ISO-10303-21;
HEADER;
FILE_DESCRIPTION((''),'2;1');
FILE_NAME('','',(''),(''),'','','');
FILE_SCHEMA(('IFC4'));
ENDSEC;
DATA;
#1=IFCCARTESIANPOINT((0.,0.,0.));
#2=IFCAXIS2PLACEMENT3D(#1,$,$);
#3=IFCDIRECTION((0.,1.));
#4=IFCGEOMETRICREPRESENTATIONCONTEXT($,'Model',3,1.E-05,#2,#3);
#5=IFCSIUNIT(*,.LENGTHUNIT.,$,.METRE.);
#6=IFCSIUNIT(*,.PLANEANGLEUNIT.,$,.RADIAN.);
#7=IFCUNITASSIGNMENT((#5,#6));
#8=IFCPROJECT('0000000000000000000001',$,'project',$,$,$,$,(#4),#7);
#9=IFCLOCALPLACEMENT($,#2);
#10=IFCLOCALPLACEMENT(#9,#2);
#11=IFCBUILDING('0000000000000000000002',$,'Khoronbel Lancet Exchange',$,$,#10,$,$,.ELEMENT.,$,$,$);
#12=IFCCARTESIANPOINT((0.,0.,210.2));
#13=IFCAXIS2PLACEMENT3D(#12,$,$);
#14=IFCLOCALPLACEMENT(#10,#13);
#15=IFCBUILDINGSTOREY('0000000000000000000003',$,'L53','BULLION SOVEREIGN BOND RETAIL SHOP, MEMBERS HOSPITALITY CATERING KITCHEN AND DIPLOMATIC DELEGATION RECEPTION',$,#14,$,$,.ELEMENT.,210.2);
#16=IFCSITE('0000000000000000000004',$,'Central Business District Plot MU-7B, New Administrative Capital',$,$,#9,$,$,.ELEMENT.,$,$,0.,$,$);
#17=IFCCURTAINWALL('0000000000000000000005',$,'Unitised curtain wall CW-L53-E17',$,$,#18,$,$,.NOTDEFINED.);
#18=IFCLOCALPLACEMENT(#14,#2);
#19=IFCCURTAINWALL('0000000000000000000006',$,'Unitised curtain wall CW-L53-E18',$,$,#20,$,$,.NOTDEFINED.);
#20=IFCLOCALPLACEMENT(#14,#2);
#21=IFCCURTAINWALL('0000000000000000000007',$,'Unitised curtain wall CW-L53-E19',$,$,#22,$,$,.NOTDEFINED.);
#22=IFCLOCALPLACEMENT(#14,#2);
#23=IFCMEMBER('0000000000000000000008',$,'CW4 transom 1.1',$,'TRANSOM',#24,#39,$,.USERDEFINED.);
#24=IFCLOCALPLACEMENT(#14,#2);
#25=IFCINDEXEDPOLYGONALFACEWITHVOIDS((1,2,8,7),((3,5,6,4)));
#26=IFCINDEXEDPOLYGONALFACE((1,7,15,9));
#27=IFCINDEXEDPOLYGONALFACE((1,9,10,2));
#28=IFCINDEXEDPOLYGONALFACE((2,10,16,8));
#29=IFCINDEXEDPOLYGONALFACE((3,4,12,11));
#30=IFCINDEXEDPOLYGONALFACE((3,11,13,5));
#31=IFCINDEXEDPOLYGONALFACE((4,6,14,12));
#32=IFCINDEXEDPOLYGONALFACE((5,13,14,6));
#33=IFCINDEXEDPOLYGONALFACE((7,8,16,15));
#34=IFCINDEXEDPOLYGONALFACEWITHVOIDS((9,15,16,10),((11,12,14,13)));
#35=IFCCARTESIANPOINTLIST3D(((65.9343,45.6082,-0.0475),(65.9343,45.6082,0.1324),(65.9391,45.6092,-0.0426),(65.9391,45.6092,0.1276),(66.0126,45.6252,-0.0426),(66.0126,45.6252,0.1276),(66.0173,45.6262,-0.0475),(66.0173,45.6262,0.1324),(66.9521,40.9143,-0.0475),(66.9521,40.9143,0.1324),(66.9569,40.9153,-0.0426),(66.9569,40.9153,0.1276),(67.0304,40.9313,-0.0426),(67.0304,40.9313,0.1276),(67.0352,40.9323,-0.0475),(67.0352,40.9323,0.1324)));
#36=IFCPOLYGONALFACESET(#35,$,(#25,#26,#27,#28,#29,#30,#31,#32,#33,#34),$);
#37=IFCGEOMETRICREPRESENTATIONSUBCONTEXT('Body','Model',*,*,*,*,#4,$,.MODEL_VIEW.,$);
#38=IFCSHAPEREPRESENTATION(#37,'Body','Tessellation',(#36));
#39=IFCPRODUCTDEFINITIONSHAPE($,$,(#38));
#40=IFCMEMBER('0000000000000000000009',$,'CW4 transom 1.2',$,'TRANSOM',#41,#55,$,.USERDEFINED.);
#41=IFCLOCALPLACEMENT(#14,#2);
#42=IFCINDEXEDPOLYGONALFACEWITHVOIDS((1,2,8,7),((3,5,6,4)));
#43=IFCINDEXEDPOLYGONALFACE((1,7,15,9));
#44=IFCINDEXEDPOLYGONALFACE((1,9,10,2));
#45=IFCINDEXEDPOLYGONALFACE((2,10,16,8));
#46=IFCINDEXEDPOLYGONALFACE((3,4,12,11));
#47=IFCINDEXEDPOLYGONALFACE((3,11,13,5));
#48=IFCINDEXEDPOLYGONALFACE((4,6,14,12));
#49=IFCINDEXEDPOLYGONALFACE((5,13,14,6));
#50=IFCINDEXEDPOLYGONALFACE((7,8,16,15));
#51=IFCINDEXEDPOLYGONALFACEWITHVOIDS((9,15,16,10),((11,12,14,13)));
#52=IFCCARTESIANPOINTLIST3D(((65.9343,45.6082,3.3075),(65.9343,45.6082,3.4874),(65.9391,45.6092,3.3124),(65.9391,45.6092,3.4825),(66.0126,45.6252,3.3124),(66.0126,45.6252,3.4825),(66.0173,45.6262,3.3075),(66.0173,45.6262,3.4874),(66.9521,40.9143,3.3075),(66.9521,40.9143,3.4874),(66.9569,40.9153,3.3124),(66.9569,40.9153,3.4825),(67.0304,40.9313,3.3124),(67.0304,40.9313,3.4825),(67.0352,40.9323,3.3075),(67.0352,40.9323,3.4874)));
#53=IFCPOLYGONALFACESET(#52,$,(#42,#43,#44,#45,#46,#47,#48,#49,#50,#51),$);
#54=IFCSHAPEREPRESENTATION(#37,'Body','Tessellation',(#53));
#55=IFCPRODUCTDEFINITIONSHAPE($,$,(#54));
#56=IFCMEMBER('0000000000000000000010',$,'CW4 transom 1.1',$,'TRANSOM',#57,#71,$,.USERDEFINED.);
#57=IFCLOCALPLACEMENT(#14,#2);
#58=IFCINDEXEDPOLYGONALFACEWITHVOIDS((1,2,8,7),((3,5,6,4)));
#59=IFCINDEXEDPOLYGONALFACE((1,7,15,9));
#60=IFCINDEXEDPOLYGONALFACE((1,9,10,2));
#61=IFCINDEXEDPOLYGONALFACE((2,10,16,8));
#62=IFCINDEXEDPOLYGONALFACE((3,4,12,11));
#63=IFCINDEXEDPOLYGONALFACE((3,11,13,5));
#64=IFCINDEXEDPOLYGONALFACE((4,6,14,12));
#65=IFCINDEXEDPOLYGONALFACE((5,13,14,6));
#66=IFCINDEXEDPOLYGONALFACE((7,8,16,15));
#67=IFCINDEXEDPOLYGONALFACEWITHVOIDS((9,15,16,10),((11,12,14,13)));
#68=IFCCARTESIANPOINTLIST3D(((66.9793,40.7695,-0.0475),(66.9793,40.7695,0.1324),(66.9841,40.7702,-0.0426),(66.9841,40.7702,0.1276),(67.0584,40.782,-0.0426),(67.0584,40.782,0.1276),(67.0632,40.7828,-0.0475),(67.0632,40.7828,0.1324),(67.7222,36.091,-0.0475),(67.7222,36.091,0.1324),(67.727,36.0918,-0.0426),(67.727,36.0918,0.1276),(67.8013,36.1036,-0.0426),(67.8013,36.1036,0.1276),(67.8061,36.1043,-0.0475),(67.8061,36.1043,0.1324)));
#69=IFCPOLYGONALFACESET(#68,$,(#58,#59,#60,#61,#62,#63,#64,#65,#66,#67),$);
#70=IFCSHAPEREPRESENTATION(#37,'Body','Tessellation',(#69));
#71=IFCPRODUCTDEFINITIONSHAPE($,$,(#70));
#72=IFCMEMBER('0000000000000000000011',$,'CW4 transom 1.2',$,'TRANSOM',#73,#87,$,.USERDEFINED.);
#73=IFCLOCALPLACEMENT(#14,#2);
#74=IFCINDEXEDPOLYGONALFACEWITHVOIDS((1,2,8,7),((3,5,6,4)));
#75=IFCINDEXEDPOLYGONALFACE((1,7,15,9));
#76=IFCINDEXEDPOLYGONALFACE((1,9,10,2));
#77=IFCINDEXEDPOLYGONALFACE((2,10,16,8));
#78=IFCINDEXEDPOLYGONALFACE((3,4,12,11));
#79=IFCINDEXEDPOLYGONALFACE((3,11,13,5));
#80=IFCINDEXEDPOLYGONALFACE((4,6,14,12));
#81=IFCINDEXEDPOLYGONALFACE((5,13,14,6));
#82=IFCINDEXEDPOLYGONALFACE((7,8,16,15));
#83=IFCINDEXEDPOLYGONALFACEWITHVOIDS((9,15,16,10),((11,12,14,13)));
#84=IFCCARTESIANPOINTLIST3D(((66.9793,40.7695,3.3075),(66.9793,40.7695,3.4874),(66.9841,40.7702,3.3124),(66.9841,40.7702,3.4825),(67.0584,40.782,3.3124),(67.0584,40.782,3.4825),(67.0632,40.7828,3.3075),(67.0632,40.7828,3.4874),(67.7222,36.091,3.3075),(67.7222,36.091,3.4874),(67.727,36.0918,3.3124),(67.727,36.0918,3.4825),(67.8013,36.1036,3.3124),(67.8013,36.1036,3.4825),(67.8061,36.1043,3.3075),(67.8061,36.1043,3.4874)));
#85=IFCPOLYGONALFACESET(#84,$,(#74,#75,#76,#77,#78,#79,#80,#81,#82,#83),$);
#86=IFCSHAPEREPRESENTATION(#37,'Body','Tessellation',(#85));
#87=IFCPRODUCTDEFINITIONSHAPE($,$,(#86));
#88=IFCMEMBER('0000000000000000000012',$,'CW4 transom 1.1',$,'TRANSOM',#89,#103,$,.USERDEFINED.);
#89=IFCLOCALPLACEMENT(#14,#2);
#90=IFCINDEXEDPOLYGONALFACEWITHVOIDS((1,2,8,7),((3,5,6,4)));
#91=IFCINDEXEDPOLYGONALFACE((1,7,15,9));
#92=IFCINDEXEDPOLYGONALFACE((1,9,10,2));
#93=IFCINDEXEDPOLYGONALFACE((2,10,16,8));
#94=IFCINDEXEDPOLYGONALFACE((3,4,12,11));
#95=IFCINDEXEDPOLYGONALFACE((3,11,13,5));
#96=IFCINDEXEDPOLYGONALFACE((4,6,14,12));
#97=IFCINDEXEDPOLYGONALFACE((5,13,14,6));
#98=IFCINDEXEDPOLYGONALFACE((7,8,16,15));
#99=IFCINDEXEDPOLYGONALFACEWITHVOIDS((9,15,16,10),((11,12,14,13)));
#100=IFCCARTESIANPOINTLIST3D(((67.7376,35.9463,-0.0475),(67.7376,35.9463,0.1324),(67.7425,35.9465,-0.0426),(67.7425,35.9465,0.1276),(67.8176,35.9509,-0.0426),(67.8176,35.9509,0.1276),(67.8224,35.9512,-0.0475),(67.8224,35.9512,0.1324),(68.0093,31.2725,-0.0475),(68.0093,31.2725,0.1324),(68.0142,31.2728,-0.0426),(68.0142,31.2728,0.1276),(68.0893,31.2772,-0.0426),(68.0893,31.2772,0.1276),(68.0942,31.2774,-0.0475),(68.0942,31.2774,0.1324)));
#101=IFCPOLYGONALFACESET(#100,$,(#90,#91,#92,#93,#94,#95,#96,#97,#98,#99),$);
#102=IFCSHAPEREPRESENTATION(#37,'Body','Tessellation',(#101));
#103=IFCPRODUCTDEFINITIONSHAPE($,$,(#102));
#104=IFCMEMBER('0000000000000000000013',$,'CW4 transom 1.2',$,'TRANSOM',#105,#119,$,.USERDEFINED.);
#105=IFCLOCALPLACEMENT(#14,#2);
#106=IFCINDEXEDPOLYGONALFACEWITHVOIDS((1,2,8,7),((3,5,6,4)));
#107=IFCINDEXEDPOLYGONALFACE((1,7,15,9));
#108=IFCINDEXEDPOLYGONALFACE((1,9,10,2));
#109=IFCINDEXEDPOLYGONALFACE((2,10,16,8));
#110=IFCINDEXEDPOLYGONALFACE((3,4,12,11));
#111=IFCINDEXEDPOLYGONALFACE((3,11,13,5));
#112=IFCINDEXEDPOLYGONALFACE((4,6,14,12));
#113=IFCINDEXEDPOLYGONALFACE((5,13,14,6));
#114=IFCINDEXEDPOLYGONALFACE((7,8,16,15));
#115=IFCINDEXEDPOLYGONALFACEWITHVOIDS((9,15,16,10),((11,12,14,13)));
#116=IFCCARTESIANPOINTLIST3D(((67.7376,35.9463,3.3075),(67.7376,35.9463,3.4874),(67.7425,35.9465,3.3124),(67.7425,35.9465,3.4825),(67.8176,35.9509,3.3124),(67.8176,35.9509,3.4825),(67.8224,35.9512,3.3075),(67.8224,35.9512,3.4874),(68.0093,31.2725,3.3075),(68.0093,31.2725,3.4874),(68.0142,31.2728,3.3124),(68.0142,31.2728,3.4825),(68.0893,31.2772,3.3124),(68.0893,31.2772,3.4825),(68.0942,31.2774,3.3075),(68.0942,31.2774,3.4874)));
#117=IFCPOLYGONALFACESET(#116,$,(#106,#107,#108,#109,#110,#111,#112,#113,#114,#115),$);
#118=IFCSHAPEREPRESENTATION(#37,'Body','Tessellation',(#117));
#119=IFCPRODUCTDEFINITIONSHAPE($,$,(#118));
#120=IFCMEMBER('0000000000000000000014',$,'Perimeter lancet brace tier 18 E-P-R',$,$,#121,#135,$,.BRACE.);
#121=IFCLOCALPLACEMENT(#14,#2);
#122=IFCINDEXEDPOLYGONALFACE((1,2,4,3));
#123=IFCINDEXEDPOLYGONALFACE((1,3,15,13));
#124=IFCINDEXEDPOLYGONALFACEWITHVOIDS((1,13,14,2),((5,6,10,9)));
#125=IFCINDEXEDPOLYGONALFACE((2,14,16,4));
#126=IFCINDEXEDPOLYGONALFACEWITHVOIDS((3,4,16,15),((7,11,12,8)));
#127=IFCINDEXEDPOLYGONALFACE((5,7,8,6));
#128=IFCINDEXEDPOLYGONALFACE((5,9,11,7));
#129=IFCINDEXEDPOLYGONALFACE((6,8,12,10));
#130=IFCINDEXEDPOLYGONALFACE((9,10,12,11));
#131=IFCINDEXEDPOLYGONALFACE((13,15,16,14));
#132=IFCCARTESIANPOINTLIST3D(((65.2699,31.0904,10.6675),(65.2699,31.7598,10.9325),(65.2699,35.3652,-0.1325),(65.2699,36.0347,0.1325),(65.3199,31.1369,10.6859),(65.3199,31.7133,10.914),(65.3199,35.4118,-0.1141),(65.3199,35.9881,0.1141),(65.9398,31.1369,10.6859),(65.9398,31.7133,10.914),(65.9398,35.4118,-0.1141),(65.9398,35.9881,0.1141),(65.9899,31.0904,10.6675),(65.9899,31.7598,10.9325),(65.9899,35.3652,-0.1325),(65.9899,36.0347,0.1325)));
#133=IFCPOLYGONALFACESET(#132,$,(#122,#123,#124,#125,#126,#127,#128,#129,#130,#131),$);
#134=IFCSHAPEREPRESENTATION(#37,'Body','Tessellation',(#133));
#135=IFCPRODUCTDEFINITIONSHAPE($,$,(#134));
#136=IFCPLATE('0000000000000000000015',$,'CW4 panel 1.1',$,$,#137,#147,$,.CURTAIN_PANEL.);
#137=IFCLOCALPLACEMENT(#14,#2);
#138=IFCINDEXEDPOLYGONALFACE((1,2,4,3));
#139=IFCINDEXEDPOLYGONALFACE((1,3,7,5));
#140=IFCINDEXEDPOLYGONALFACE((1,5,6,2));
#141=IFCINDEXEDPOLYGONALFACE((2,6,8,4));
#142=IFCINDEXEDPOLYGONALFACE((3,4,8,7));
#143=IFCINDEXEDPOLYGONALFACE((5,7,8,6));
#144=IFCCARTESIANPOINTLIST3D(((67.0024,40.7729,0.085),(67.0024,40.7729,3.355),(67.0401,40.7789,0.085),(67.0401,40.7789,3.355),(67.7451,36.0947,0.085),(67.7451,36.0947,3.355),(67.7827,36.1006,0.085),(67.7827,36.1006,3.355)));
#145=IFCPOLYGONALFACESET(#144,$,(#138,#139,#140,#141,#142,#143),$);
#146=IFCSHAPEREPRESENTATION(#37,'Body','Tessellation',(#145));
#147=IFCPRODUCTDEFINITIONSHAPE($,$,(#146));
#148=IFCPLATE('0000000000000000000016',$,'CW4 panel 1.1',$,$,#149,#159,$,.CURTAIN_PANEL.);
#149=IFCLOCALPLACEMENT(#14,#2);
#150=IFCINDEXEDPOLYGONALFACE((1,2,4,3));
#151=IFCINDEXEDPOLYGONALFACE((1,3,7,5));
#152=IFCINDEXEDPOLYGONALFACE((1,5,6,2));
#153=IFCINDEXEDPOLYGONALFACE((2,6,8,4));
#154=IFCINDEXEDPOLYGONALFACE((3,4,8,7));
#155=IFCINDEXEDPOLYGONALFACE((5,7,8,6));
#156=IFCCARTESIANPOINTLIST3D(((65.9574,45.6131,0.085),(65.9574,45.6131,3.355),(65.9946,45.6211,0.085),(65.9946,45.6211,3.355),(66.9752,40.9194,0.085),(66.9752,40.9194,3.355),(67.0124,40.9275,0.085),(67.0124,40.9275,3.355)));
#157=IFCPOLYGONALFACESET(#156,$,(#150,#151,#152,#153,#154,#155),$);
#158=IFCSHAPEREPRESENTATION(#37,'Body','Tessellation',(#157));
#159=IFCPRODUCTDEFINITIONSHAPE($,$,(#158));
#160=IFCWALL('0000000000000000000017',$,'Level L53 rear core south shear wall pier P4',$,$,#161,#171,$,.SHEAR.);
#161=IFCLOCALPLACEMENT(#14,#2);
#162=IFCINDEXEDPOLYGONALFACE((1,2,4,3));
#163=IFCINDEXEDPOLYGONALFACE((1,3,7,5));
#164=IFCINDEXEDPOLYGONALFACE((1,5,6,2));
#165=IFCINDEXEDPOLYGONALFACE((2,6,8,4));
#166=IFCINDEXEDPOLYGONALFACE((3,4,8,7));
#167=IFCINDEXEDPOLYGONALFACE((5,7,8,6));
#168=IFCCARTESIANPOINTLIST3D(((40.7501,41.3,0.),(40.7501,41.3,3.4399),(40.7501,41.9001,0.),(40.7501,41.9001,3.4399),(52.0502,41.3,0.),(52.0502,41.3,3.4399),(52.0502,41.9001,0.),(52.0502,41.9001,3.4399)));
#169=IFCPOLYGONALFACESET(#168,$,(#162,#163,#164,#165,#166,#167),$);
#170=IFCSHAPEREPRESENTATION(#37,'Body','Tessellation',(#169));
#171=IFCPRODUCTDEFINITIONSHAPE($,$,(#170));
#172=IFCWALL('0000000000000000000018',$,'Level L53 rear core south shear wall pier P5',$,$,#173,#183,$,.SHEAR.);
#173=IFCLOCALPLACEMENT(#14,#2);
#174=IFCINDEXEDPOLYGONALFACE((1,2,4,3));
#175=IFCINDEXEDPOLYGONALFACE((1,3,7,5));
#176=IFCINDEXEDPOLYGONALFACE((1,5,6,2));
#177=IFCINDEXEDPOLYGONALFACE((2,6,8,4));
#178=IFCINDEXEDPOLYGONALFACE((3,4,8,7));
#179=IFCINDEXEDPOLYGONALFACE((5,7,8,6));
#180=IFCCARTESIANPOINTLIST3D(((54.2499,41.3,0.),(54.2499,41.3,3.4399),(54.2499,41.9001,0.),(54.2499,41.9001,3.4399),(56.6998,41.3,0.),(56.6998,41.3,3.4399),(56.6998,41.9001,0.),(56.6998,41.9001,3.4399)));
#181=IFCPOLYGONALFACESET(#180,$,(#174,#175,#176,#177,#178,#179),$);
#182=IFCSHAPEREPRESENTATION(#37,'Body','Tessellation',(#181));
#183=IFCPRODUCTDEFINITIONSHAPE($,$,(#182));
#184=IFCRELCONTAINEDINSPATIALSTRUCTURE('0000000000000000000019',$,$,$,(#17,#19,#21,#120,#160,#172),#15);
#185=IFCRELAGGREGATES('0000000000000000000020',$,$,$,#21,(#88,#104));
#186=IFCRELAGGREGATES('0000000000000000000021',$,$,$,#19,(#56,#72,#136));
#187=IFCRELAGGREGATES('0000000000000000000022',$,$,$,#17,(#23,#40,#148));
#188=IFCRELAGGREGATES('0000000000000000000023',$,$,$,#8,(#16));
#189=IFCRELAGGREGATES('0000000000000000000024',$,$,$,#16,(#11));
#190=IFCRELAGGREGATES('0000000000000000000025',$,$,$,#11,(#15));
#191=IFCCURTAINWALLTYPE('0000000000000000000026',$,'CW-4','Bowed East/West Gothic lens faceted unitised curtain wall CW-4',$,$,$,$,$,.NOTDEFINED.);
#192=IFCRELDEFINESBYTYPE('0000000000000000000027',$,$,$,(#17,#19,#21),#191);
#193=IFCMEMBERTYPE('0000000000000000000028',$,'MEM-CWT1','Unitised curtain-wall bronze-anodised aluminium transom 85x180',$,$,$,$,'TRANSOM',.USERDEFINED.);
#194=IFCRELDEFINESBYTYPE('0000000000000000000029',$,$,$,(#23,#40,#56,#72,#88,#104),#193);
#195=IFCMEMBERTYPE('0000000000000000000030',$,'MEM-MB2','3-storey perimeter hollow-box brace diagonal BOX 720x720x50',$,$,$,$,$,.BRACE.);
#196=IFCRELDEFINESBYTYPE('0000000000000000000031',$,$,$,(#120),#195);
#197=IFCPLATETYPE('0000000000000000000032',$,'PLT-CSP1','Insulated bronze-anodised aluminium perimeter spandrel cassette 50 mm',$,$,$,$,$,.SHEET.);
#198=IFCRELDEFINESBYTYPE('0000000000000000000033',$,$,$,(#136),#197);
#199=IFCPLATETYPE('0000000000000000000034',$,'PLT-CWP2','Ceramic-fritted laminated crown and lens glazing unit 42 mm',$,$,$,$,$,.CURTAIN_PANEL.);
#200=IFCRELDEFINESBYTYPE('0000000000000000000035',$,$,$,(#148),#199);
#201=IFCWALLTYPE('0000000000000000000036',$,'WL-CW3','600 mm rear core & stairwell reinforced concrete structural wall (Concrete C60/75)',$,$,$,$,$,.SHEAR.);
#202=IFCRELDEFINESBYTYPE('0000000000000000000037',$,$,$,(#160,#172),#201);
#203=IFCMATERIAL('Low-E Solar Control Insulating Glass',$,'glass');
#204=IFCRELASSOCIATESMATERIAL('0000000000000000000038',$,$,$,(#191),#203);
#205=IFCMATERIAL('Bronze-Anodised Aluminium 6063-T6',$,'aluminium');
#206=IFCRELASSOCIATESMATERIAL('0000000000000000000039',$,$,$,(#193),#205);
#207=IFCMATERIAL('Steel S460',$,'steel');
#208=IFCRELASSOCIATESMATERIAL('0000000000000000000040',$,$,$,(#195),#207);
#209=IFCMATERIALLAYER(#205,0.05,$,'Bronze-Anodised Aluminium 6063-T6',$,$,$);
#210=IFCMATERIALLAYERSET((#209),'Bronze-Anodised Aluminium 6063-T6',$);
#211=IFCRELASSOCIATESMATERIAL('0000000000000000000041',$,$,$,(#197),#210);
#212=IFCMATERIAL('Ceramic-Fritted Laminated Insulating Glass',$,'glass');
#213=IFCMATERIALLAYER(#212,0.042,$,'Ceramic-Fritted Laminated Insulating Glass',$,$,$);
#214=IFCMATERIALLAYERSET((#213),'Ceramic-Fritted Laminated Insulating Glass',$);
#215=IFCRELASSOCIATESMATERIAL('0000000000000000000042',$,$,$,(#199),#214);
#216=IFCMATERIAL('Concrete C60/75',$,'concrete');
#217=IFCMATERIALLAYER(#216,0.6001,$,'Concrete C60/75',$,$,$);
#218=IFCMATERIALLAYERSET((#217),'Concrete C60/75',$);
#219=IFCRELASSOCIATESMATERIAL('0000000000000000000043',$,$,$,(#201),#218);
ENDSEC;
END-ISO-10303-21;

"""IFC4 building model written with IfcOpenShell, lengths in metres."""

from ifc_helpers import new_model, si_unit, direction, frame, frame_2d, origin, origin_2d, place, context, subcontext, project, spatial, rectangle, hollow_rectangle, extrude, material, layer, layer_set, material_profile, profile_set, type_object, element, aggregate, save


model = new_model("IFC4")

# Units and contexts
model_context = context("Model", 3, precision=1e-05, world=origin(), true_north=direction((0.0, 1.0)))
body_context = subcontext(model_context, "Body", "Model", "MODEL_VIEW")
ifc_project = project(units=[si_unit("LENGTHUNIT", "METRE"), si_unit("PLANEANGLEUNIT", "RADIAN")], contexts=[model_context])

# Site, building, storey
site_placement = place(None, origin())
site = spatial("IfcSite", under=ifc_project, at=site_placement, Name="Central Business District Plot MU-7B, New Administrative Capital", CompositionType="ELEMENT", RefElevation=0.0)
building_placement = place(site_placement, origin())
building = spatial("IfcBuilding", under=site, at=building_placement, Name="Khoronbel Lancet Exchange", CompositionType="ELEMENT")
storey_placement = place(building_placement, frame((0.0, 0.0, 210.2)))
storey = spatial("IfcBuildingStorey", under=building, at=storey_placement, Name="L53", Description="BULLION SOVEREIGN BOND RETAIL SHOP, MEMBERS HOSPITALITY CATERING KITCHEN AND DIPLOMATIC DELEGATION RECEPTION", CompositionType="ELEMENT", Elevation=210.2)

# Shared definitions
ifc_material_1 = material(Name="Concrete C60/75", Category="concrete")

# Curtain wall
ifc_material_2 = material(Name="Low-E Solar Control Insulating Glass", Category="glass")
curtain_wall_type = type_object("IfcCurtainWallType", Name="CW-4", Description="Bowed East/West Gothic lens faceted unitised curtain wall CW-4", PredefinedType="NOTDEFINED", material=ifc_material_2)
curtain_wall_1_placement = place(storey_placement, origin())
curtain_wall_1 = element("IfcCurtainWall", 1, at=curtain_wall_1_placement, inside=storey, type_object=curtain_wall_type, Name="Unitised curtain wall CW-L53-E17", PredefinedType="NOTDEFINED")
ifc_material_3 = material(Name="Bronze-Anodised Aluminium 6063-T6", Category="aluminium")

# Curtain wall
curtain_wall_2_placement = place(storey_placement, origin())
curtain_wall_2 = element("IfcCurtainWall", 2, at=curtain_wall_2_placement, inside=storey, type_object=curtain_wall_type, Name="Unitised curtain wall CW-L53-E18", PredefinedType="NOTDEFINED")

# Curtain wall
curtain_wall_3_placement = place(storey_placement, origin())
curtain_wall_3 = element("IfcCurtainWall", 3, at=curtain_wall_3_placement, inside=storey, type_object=curtain_wall_type, Name="Unitised curtain wall CW-L53-E19", PredefinedType="NOTDEFINED")

# Members
ifc_material_profile_1 = material_profile(ifc_material_3, hollow_rectangle(XDim=0.085, YDim=0.1799, WallThickness=0.0049, at=origin_2d()), Name="ALU TRANSOM 85x180")
ifc_profile_set_1 = profile_set([ifc_material_profile_1], Name="Bronze-Anodised Aluminium 6063-T6")
member_type_1 = type_object("IfcMemberType", Name="MEM-CWT1", Description="Unitised curtain-wall bronze-anodised aluminium transom 85x180", ElementType="TRANSOM", PredefinedType="USERDEFINED", material=ifc_profile_set_1)
member_1_placement = place(storey_placement, frame((65.9758, 45.6172, 0.0425), z_axis=(0.211917, -0.977288, 0.0), x_axis=(0.977288, 0.211917, 0.0)))
member_1 = element("IfcMember", 4, at=member_1_placement, type_object=member_type_1, Name="CW4 transom 1.1", ObjectType="TRANSOM", PredefinedType="USERDEFINED", context=body_context, shape_type="SweptSolid", body=[
    extrude(hollow_rectangle(XDim=0.085, YDim=0.1799, WallThickness=0.0049, at=origin_2d()), origin(), (0.0, 0.0, 1.0), 4.803),
])
member_2_placement = place(storey_placement, frame((65.9758, 45.6172, 3.3975), z_axis=(0.211917, -0.977288, 0.0), x_axis=(0.977288, 0.211917, 0.0)))
member_2 = element("IfcMember", 5, at=member_2_placement, type_object=member_type_1, Name="CW4 transom 1.2", ObjectType="TRANSOM", PredefinedType="USERDEFINED", context=body_context, shape_type="SweptSolid", body=[
    extrude(hollow_rectangle(XDim=0.085, YDim=0.1799, WallThickness=0.0049, at=origin_2d()), origin(), (0.0, 0.0, 1.0), 4.803),
])
member_3_placement = place(storey_placement, frame((67.0212, 40.7761, 0.0425), z_axis=(0.156831, -0.987626, 0.0), x_axis=(0.987626, 0.156831, 0.0)))
member_3 = element("IfcMember", 6, at=member_3_placement, type_object=member_type_1, Name="CW4 transom 1.1", ObjectType="TRANSOM", PredefinedType="USERDEFINED", context=body_context, shape_type="SweptSolid", body=[
    extrude(hollow_rectangle(XDim=0.085, YDim=0.1799, WallThickness=0.0049, at=origin_2d()), origin(), (0.0, 0.0, 1.0), 4.7371),
])
member_4_placement = place(storey_placement, frame((67.0212, 40.7761, 3.3975), z_axis=(0.156831, -0.987626, 0.0), x_axis=(0.987626, 0.156831, 0.0)))
member_4 = element("IfcMember", 7, at=member_4_placement, type_object=member_type_1, Name="CW4 transom 1.2", ObjectType="TRANSOM", PredefinedType="USERDEFINED", context=body_context, shape_type="SweptSolid", body=[
    extrude(hollow_rectangle(XDim=0.085, YDim=0.1799, WallThickness=0.0049, at=origin_2d()), origin(), (0.0, 0.0, 1.0), 4.7371),
])
member_5_placement = place(storey_placement, frame((67.78, 35.9487, 0.0425), z_axis=(0.05804, -0.998314, 0.0), x_axis=(0.998314, 0.05804, 0.0)))
member_5 = element("IfcMember", 8, at=member_5_placement, type_object=member_type_1, Name="CW4 transom 1.1", ObjectType="TRANSOM", PredefinedType="USERDEFINED", context=body_context, shape_type="SweptSolid", body=[
    extrude(hollow_rectangle(XDim=0.085, YDim=0.1799, WallThickness=0.0049, at=origin_2d()), origin(), (0.0, 0.0, 1.0), 4.6816),
])
member_6_placement = place(storey_placement, frame((67.78, 35.9487, 3.3975), z_axis=(0.05804, -0.998314, 0.0), x_axis=(0.998314, 0.05804, 0.0)))
member_6 = element("IfcMember", 9, at=member_6_placement, type_object=member_type_1, Name="CW4 transom 1.2", ObjectType="TRANSOM", PredefinedType="USERDEFINED", context=body_context, shape_type="SweptSolid", body=[
    extrude(hollow_rectangle(XDim=0.085, YDim=0.1799, WallThickness=0.0049, at=origin_2d()), origin(), (0.0, 0.0, 1.0), 4.6816),
])
aggregate(curtain_wall_3, [member_5, member_6])
ifc_material_4 = material(Name="Steel S460", Category="steel")
ifc_material_profile_2 = material_profile(ifc_material_4, hollow_rectangle(XDim=0.72, YDim=0.72, WallThickness=0.05, at=origin_2d()), Name="BOX 720x720x50")
ifc_profile_set_2 = profile_set([ifc_material_profile_2], Name="Steel S460")
member_type_2 = type_object("IfcMemberType", Name="MEM-MB2", Description="3-storey perimeter hollow-box brace diagonal BOX 720x720x50", PredefinedType="BRACE", material=ifc_profile_set_2)
member_7_placement = place(storey_placement, frame((65.6299, 35.7, 0.0), z_axis=(0.0, -0.36804, 0.92981), x_axis=(1.0, 0.0, 0.0)))
element("IfcMember", 10, at=member_7_placement, inside=storey, type_object=member_type_2, Name="Perimeter lancet brace tier 18 E-P-R", PredefinedType="BRACE", context=body_context, shape_type="SweptSolid", body=[
    extrude(hollow_rectangle(XDim=0.72, YDim=0.72, WallThickness=0.05, at=origin_2d()), origin(), (0.0, 0.0, 1.0), 11.6152),
])

# Plates
ifc_layer_1 = layer(ifc_material_3, 0.05, Name="Bronze-Anodised Aluminium 6063-T6")
ifc_layer_set_1 = layer_set([ifc_layer_1], Name="Bronze-Anodised Aluminium 6063-T6")
plate_type_1 = type_object("IfcPlateType", Name="PLT-CSP1", Description="Insulated bronze-anodised aluminium perimeter spandrel cassette 50 mm", PredefinedType="SHEET", material=ifc_layer_set_1)
plate_1_placement = place(storey_placement, frame((67.3926, 38.4368, 0.085), z_axis=(0.0, 0.0, 1.0), x_axis=(0.156785, -0.987633, 0.0)))
plate_1 = element("IfcPlate", 11, at=plate_1_placement, type_object=plate_type_1, Name="CW4 panel 1.1", PredefinedType="CURTAIN_PANEL", context=body_context, shape_type="SweptSolid", body=[
    extrude(rectangle(XDim=4.7368, YDim=0.0381, at=origin_2d()), origin(), (0.0, 0.0, 1.0), 3.27),
])
aggregate(curtain_wall_2, [member_3, member_4, plate_1])
ifc_material_5 = material(Name="Ceramic-Fritted Laminated Insulating Glass", Category="glass")
ifc_layer_2 = layer(ifc_material_5, 0.042, Name="Ceramic-Fritted Laminated Insulating Glass")
ifc_layer_set_2 = layer_set([ifc_layer_2], Name="Ceramic-Fritted Laminated Insulating Glass")
plate_type_2 = type_object("IfcPlateType", Name="PLT-CWP2", Description="Ceramic-fritted laminated crown and lens glazing unit 42 mm", PredefinedType="CURTAIN_PANEL", material=ifc_layer_set_2)
plate_2_placement = place(storey_placement, frame((66.4849, 43.2703, 0.085), z_axis=(0.0, 0.0, 1.0), x_axis=(0.211921, -0.977287, 0.0)))
plate_2 = element("IfcPlate", 12, at=plate_2_placement, type_object=plate_type_2, Name="CW4 panel 1.1", PredefinedType="CURTAIN_PANEL", context=body_context, shape_type="SweptSolid", body=[
    extrude(rectangle(XDim=4.8027, YDim=0.0381, at=origin_2d()), origin(), (0.0, 0.0, 1.0), 3.27),
])
aggregate(curtain_wall_1, [member_1, member_2, plate_2])

# Walls
ifc_layer_3 = layer(ifc_material_1, 0.6001, Name="Concrete C60/75")
ifc_layer_set_3 = layer_set([ifc_layer_3], Name="Concrete C60/75")
wall_type_1 = type_object("IfcWallType", Name="WL-CW3", Description="600 mm rear core & stairwell reinforced concrete structural wall (Concrete C60/75)", PredefinedType="SHEAR", material=ifc_layer_set_3)
wall_1_placement = place(storey_placement, frame((52.05, 41.6001, 0.0), z_axis=(0.0, 0.0, 1.0), x_axis=(-1.0, 0.0, 0.0)))
element("IfcWall", 13, at=wall_1_placement, inside=storey, type_object=wall_type_1, Name="Level L53 rear core south shear wall pier P4", PredefinedType="SHEAR", context=body_context, shape_type="SweptSolid", body=[
    extrude(rectangle(XDim=11.3, YDim=0.6001, at=frame_2d((5.6499, 0.0))), origin(), (0.0, 0.0, 1.0), 3.4399),
])
wall_2_placement = place(storey_placement, frame((56.7, 41.6001, 0.0), z_axis=(0.0, 0.0, 1.0), x_axis=(-1.0, 0.0, 0.0)))
element("IfcWall", 14, at=wall_2_placement, inside=storey, type_object=wall_type_1, Name="Level L53 rear core south shear wall pier P5", PredefinedType="SHEAR", context=body_context, shape_type="SweptSolid", body=[
    extrude(rectangle(XDim=2.45, YDim=0.6001, at=frame_2d((1.2251, 0.0))), origin(), (0.0, 0.0, 1.0), 3.4399),
])

save(model, "model.ifc")
